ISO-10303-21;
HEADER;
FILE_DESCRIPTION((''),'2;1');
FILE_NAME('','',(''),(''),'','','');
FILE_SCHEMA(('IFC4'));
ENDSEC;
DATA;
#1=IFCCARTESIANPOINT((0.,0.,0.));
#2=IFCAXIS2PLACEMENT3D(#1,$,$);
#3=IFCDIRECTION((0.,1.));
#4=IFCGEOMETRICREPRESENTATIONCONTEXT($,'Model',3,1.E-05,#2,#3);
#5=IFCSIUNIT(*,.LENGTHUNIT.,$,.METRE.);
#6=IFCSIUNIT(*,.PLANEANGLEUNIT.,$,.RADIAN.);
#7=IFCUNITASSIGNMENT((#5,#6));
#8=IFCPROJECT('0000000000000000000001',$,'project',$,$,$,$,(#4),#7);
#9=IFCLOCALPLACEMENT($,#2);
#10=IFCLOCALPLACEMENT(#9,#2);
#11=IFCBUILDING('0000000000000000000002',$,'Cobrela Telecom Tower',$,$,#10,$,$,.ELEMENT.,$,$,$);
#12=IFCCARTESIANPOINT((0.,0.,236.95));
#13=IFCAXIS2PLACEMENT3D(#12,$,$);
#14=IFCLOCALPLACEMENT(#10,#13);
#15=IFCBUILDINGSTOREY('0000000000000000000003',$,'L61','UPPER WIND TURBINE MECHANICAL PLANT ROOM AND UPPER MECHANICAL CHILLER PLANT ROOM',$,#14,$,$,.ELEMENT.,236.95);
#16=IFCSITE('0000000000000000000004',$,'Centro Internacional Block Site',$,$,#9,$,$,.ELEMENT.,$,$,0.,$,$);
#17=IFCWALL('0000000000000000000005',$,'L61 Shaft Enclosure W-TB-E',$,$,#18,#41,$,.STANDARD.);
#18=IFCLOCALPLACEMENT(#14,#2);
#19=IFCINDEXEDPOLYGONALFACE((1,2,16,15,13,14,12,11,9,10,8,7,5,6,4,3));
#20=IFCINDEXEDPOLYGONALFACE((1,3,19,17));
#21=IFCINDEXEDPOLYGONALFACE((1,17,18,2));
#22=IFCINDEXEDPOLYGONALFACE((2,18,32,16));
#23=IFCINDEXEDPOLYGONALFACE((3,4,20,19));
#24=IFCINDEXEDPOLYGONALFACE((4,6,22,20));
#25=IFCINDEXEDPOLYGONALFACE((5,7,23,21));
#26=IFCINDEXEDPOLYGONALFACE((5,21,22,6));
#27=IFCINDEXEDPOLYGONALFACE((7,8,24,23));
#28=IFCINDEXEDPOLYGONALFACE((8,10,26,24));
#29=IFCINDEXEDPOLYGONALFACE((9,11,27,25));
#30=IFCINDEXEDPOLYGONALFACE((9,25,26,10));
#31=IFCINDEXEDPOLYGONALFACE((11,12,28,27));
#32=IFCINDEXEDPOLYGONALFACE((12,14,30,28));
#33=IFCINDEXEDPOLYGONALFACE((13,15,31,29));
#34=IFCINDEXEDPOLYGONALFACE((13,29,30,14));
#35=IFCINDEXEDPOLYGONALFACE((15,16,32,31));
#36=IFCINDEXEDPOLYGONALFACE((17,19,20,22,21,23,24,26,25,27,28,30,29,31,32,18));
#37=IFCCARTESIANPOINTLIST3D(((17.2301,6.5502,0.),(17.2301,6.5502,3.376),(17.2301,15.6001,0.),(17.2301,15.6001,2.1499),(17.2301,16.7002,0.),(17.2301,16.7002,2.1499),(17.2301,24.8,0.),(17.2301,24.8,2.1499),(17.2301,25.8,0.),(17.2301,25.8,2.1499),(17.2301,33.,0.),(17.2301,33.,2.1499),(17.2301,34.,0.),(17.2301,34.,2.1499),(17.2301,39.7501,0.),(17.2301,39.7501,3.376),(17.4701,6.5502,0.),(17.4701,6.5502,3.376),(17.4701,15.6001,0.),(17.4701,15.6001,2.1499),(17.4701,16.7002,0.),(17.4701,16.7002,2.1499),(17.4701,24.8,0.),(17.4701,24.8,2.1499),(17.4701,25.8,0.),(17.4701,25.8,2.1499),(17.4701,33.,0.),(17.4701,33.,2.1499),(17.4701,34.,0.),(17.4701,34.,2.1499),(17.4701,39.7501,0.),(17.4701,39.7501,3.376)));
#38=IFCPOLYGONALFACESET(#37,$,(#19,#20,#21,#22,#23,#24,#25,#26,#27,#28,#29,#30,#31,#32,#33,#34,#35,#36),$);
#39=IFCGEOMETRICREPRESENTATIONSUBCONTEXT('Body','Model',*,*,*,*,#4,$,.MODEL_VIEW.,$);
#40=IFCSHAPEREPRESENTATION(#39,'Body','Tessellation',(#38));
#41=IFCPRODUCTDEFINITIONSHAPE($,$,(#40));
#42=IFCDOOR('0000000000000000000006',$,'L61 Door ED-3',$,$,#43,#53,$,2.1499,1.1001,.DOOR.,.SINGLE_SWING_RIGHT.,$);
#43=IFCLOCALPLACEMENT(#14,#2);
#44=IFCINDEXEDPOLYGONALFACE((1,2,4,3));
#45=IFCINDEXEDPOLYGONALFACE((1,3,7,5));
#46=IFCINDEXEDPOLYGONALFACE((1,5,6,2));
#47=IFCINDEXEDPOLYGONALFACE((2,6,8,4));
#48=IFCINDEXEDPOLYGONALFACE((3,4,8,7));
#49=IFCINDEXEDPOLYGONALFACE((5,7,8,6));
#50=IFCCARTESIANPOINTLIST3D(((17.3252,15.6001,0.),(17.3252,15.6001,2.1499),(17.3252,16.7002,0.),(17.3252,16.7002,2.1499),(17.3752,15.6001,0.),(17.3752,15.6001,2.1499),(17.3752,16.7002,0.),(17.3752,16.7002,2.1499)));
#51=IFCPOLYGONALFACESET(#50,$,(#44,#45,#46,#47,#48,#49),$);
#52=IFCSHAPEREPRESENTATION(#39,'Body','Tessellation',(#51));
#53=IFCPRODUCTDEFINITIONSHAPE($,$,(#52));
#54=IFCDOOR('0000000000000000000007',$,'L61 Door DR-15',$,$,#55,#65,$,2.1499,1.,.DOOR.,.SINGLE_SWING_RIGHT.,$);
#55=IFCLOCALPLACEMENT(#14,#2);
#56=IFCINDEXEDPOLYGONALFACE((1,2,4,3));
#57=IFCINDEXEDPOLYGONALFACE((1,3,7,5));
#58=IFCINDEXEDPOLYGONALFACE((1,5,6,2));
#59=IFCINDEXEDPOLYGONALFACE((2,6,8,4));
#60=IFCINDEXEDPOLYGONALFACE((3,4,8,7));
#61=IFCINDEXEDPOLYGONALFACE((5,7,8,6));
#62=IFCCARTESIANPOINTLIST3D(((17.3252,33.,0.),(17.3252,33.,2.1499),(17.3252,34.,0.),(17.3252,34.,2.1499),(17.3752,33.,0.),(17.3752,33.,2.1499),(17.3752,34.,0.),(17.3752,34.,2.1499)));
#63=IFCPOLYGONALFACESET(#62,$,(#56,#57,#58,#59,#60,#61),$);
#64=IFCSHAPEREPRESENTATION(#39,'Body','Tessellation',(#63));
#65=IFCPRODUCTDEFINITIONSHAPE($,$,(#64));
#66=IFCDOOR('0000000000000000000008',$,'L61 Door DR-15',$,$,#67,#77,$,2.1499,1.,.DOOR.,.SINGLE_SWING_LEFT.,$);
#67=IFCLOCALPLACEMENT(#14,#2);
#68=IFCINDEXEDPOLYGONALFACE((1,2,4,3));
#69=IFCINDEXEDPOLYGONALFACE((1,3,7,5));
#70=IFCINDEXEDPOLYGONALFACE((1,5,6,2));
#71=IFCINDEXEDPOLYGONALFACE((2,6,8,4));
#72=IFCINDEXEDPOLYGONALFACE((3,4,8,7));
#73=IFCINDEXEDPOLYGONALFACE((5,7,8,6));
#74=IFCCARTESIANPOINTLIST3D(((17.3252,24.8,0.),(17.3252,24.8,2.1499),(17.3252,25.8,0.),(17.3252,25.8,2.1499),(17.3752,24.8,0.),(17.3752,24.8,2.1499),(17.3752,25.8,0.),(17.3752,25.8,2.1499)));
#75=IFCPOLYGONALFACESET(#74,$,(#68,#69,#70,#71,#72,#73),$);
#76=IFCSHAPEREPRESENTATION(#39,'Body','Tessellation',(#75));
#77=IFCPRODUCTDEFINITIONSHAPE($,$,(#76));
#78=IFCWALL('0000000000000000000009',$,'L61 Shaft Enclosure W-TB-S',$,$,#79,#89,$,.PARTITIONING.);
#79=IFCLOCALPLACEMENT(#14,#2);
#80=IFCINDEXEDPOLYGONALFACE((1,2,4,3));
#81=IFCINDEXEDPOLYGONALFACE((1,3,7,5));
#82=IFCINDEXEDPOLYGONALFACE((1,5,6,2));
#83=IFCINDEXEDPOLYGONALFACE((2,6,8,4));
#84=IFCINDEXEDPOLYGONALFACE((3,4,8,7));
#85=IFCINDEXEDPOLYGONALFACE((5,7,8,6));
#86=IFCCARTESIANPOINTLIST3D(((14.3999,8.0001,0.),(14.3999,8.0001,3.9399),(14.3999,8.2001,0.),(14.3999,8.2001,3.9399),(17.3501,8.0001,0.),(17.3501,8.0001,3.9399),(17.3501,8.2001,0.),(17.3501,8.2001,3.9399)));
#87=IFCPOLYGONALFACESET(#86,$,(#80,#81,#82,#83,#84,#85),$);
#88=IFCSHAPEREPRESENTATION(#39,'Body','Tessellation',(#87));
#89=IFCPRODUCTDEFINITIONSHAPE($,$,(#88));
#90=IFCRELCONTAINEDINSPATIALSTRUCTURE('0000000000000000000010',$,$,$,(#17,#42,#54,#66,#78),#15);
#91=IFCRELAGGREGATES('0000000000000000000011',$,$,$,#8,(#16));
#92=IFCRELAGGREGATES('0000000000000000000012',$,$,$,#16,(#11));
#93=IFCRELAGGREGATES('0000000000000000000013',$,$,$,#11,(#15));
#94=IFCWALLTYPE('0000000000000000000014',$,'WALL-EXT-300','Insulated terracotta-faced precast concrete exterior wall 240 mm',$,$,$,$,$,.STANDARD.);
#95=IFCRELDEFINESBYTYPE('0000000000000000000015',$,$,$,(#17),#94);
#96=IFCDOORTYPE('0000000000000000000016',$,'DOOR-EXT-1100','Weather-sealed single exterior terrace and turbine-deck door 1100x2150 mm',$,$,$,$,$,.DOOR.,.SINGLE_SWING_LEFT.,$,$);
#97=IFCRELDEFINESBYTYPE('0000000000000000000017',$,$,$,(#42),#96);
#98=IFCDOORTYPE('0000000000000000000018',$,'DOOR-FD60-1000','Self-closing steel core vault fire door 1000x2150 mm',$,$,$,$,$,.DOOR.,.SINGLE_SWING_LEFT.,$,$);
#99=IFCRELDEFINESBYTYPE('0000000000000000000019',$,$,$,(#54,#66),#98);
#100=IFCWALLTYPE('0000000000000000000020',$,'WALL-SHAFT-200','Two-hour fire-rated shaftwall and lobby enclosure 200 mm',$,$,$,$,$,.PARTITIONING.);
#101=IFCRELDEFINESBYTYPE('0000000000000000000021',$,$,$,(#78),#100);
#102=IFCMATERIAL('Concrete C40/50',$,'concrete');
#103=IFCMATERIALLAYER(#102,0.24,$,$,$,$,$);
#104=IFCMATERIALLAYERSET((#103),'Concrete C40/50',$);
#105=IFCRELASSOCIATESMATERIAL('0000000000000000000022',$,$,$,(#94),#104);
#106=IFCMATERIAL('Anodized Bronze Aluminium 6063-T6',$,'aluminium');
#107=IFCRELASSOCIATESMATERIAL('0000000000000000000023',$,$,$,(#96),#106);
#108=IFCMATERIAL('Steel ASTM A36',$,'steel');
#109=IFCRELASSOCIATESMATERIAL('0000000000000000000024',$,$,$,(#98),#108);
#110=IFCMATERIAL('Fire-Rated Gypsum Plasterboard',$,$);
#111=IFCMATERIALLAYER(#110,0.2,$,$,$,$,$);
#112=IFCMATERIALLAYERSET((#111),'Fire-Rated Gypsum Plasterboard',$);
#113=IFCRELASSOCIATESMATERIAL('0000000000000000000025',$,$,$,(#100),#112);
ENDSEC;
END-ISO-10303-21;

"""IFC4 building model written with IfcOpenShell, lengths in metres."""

from ifc_helpers import new_model, si_unit, direction, frame, frame_2d, origin, place, context, subcontext, project, spatial, rectangle, extrude, material, layer, layer_set, type_object, element, fill, save


model = new_model("IFC4")

# Units and contexts
model_context = context("Model", 3, precision=1e-05, world=origin(), true_north=direction((0.0, 1.0)))
body_context = subcontext(model_context, "Body", "Model", "MODEL_VIEW")
ifc_project = project(units=[si_unit("LENGTHUNIT", "METRE"), si_unit("PLANEANGLEUNIT", "RADIAN")], contexts=[model_context])

# Site, building, storey
site_placement = place(None, origin())
site = spatial("IfcSite", under=ifc_project, at=site_placement, Name="Centro Internacional Block Site", CompositionType="ELEMENT", RefElevation=0.0)
building_placement = place(site_placement, origin())
building = spatial("IfcBuilding", under=site, at=building_placement, Name="Cobrela Telecom Tower", CompositionType="ELEMENT")
storey_placement = place(building_placement, frame((0.0, 0.0, 236.95)))
storey = spatial("IfcBuildingStorey", under=building, at=storey_placement, Name="L61", Description="UPPER WIND TURBINE MECHANICAL PLANT ROOM AND UPPER MECHANICAL CHILLER PLANT ROOM", CompositionType="ELEMENT", Elevation=236.95)

# Wall, openings, doors
ifc_material_1 = material(Name="Concrete C40/50", Category="concrete")
ifc_layer_1 = layer(ifc_material_1, 0.24)
ifc_layer_set_1 = layer_set([ifc_layer_1], Name="Concrete C40/50")
wall_type_1 = type_object("IfcWallType", Name="WALL-EXT-300", Description="Insulated terracotta-faced precast concrete exterior wall 240 mm", PredefinedType="STANDARD", material=ifc_layer_set_1)
wall_1_placement = place(storey_placement, frame((17.3501, 6.55, 0.0), z_axis=(0.0, 0.0, 1.0), x_axis=(0.0, 1.0, 0.0)))
wall_1 = element("IfcWall", 1, at=wall_1_placement, inside=storey, type_object=wall_type_1, Name="L61 Shaft Enclosure W-TB-E", PredefinedType="STANDARD", context=body_context, shape_type="SweptSolid", body=[
    extrude(rectangle(XDim=33.2, YDim=0.24, at=frame_2d((16.6001, 0.0))), origin(), (0.0, 0.0, 1.0), 3.376),
])
opening_1_placement = place(wall_1_placement, frame((26.45, 0.0, 0.0)))
opening_1 = element("IfcOpeningElement", 2, at=opening_1_placement, cuts=wall_1, PredefinedType="OPENING", context=body_context, shape_type="SweptSolid", body=[
    extrude(rectangle(XDim=1.0, YDim=2.1499, at=frame_2d((0.5, 1.075))), frame((0.0, 0.1318, 0.0), z_axis=(0.0, -1.0, 0.0), x_axis=(1.0, 0.0, 0.0)), (0.0, 0.0, 1.0), 0.2639),
])
opening_2_placement = place(wall_1_placement, frame((18.25, 0.0, 0.0)))
opening_2 = element("IfcOpeningElement", 3, at=opening_2_placement, cuts=wall_1, PredefinedType="OPENING", context=body_context, shape_type="SweptSolid", body=[
    extrude(rectangle(XDim=1.0, YDim=2.1499, at=frame_2d((0.5, 1.075))), frame((0.0, 0.1318, 0.0), z_axis=(0.0, -1.0, 0.0), x_axis=(1.0, 0.0, 0.0)), (0.0, 0.0, 1.0), 0.2639),
])
opening_3_placement = place(wall_1_placement, frame((9.05, 0.0, 0.0)))
opening_3 = element("IfcOpeningElement", 4, at=opening_3_placement, cuts=wall_1, PredefinedType="OPENING", context=body_context, shape_type="SweptSolid", body=[
    extrude(rectangle(XDim=1.1001, YDim=2.1499, at=frame_2d((0.55, 1.075))), frame((0.0, 0.1318, 0.0), z_axis=(0.0, -1.0, 0.0), x_axis=(1.0, 0.0, 0.0)), (0.0, 0.0, 1.0), 0.2639),
])
ifc_material_2 = material(Name="Anodized Bronze Aluminium 6063-T6", Category="aluminium")
door_type_1 = type_object("IfcDoorType", Name="DOOR-EXT-1100", Description="Weather-sealed single exterior terrace and turbine-deck door 1100x2150 mm", OperationType="SINGLE_SWING_LEFT", PredefinedType="DOOR", material=ifc_material_2)
door_1_placement = place(opening_3_placement, origin())
door_1 = element("IfcDoor", 5, at=door_1_placement, inside=storey, type_object=door_type_1, Name="L61 Door ED-3", OperationType="SINGLE_SWING_RIGHT", OverallHeight=2.1499, OverallWidth=1.1001, PredefinedType="DOOR", context=body_context, shape_type="SweptSolid", body=[
    extrude(rectangle(XDim=1.1001, YDim=2.1499, at=frame_2d((0.55, 1.075))), frame((0.0, 0.0249, 0.0), z_axis=(0.0, -1.0, 0.0), x_axis=(1.0, 0.0, 0.0)), (0.0, 0.0, 1.0), 0.05),
])
fill(opening_3, door_1)
ifc_material_3 = material(Name="Steel ASTM A36", Category="steel")
door_type_2 = type_object("IfcDoorType", Name="DOOR-FD60-1000", Description="Self-closing steel core vault fire door 1000x2150 mm", OperationType="SINGLE_SWING_LEFT", PredefinedType="DOOR", material=ifc_material_3)
door_2_placement = place(opening_1_placement, origin())
door_2 = element("IfcDoor", 6, at=door_2_placement, inside=storey, type_object=door_type_2, Name="L61 Door DR-15", OperationType="SINGLE_SWING_RIGHT", OverallHeight=2.1499, OverallWidth=1.0, PredefinedType="DOOR", context=body_context, shape_type="SweptSolid", body=[
    extrude(rectangle(XDim=1.0, YDim=2.1499, at=frame_2d((0.5, 1.075))), frame((0.0, 0.0249, 0.0), z_axis=(0.0, -1.0, 0.0), x_axis=(1.0, 0.0, 0.0)), (0.0, 0.0, 1.0), 0.05),
])
fill(opening_1, door_2)
door_3_placement = place(opening_2_placement, origin())
door_3 = element("IfcDoor", 7, at=door_3_placement, inside=storey, type_object=door_type_2, Name="L61 Door DR-15", OperationType="SINGLE_SWING_LEFT", OverallHeight=2.1499, OverallWidth=1.0, PredefinedType="DOOR", context=body_context, shape_type="SweptSolid", body=[
    extrude(rectangle(XDim=1.0, YDim=2.1499, at=frame_2d((0.5, 1.075))), frame((0.0, 0.0249, 0.0), z_axis=(0.0, -1.0, 0.0), x_axis=(1.0, 0.0, 0.0)), (0.0, 0.0, 1.0), 0.05),
])
fill(opening_2, door_3)

# Wall
ifc_material_4 = material(Name="Fire-Rated Gypsum Plasterboard")
ifc_layer_2 = layer(ifc_material_4, 0.2)
ifc_layer_set_2 = layer_set([ifc_layer_2], Name="Fire-Rated Gypsum Plasterboard")
wall_type_2 = type_object("IfcWallType", Name="WALL-SHAFT-200", Description="Two-hour fire-rated shaftwall and lobby enclosure 200 mm", PredefinedType="PARTITIONING", material=ifc_layer_set_2)
wall_2_placement = place(storey_placement, frame((14.3999, 8.1001, 0.0), z_axis=(0.0, 0.0, 1.0), x_axis=(1.0, 0.0, 0.0)))
element("IfcWall", 8, at=wall_2_placement, inside=storey, type_object=wall_type_2, Name="L61 Shaft Enclosure W-TB-S", PredefinedType="PARTITIONING", context=body_context, shape_type="SweptSolid", body=[
    extrude(rectangle(XDim=2.9502, YDim=0.2, at=frame_2d((1.4751, 0.0))), origin(), (0.0, 0.0, 1.0), 3.9399),
])

save(model, "model.ifc")
